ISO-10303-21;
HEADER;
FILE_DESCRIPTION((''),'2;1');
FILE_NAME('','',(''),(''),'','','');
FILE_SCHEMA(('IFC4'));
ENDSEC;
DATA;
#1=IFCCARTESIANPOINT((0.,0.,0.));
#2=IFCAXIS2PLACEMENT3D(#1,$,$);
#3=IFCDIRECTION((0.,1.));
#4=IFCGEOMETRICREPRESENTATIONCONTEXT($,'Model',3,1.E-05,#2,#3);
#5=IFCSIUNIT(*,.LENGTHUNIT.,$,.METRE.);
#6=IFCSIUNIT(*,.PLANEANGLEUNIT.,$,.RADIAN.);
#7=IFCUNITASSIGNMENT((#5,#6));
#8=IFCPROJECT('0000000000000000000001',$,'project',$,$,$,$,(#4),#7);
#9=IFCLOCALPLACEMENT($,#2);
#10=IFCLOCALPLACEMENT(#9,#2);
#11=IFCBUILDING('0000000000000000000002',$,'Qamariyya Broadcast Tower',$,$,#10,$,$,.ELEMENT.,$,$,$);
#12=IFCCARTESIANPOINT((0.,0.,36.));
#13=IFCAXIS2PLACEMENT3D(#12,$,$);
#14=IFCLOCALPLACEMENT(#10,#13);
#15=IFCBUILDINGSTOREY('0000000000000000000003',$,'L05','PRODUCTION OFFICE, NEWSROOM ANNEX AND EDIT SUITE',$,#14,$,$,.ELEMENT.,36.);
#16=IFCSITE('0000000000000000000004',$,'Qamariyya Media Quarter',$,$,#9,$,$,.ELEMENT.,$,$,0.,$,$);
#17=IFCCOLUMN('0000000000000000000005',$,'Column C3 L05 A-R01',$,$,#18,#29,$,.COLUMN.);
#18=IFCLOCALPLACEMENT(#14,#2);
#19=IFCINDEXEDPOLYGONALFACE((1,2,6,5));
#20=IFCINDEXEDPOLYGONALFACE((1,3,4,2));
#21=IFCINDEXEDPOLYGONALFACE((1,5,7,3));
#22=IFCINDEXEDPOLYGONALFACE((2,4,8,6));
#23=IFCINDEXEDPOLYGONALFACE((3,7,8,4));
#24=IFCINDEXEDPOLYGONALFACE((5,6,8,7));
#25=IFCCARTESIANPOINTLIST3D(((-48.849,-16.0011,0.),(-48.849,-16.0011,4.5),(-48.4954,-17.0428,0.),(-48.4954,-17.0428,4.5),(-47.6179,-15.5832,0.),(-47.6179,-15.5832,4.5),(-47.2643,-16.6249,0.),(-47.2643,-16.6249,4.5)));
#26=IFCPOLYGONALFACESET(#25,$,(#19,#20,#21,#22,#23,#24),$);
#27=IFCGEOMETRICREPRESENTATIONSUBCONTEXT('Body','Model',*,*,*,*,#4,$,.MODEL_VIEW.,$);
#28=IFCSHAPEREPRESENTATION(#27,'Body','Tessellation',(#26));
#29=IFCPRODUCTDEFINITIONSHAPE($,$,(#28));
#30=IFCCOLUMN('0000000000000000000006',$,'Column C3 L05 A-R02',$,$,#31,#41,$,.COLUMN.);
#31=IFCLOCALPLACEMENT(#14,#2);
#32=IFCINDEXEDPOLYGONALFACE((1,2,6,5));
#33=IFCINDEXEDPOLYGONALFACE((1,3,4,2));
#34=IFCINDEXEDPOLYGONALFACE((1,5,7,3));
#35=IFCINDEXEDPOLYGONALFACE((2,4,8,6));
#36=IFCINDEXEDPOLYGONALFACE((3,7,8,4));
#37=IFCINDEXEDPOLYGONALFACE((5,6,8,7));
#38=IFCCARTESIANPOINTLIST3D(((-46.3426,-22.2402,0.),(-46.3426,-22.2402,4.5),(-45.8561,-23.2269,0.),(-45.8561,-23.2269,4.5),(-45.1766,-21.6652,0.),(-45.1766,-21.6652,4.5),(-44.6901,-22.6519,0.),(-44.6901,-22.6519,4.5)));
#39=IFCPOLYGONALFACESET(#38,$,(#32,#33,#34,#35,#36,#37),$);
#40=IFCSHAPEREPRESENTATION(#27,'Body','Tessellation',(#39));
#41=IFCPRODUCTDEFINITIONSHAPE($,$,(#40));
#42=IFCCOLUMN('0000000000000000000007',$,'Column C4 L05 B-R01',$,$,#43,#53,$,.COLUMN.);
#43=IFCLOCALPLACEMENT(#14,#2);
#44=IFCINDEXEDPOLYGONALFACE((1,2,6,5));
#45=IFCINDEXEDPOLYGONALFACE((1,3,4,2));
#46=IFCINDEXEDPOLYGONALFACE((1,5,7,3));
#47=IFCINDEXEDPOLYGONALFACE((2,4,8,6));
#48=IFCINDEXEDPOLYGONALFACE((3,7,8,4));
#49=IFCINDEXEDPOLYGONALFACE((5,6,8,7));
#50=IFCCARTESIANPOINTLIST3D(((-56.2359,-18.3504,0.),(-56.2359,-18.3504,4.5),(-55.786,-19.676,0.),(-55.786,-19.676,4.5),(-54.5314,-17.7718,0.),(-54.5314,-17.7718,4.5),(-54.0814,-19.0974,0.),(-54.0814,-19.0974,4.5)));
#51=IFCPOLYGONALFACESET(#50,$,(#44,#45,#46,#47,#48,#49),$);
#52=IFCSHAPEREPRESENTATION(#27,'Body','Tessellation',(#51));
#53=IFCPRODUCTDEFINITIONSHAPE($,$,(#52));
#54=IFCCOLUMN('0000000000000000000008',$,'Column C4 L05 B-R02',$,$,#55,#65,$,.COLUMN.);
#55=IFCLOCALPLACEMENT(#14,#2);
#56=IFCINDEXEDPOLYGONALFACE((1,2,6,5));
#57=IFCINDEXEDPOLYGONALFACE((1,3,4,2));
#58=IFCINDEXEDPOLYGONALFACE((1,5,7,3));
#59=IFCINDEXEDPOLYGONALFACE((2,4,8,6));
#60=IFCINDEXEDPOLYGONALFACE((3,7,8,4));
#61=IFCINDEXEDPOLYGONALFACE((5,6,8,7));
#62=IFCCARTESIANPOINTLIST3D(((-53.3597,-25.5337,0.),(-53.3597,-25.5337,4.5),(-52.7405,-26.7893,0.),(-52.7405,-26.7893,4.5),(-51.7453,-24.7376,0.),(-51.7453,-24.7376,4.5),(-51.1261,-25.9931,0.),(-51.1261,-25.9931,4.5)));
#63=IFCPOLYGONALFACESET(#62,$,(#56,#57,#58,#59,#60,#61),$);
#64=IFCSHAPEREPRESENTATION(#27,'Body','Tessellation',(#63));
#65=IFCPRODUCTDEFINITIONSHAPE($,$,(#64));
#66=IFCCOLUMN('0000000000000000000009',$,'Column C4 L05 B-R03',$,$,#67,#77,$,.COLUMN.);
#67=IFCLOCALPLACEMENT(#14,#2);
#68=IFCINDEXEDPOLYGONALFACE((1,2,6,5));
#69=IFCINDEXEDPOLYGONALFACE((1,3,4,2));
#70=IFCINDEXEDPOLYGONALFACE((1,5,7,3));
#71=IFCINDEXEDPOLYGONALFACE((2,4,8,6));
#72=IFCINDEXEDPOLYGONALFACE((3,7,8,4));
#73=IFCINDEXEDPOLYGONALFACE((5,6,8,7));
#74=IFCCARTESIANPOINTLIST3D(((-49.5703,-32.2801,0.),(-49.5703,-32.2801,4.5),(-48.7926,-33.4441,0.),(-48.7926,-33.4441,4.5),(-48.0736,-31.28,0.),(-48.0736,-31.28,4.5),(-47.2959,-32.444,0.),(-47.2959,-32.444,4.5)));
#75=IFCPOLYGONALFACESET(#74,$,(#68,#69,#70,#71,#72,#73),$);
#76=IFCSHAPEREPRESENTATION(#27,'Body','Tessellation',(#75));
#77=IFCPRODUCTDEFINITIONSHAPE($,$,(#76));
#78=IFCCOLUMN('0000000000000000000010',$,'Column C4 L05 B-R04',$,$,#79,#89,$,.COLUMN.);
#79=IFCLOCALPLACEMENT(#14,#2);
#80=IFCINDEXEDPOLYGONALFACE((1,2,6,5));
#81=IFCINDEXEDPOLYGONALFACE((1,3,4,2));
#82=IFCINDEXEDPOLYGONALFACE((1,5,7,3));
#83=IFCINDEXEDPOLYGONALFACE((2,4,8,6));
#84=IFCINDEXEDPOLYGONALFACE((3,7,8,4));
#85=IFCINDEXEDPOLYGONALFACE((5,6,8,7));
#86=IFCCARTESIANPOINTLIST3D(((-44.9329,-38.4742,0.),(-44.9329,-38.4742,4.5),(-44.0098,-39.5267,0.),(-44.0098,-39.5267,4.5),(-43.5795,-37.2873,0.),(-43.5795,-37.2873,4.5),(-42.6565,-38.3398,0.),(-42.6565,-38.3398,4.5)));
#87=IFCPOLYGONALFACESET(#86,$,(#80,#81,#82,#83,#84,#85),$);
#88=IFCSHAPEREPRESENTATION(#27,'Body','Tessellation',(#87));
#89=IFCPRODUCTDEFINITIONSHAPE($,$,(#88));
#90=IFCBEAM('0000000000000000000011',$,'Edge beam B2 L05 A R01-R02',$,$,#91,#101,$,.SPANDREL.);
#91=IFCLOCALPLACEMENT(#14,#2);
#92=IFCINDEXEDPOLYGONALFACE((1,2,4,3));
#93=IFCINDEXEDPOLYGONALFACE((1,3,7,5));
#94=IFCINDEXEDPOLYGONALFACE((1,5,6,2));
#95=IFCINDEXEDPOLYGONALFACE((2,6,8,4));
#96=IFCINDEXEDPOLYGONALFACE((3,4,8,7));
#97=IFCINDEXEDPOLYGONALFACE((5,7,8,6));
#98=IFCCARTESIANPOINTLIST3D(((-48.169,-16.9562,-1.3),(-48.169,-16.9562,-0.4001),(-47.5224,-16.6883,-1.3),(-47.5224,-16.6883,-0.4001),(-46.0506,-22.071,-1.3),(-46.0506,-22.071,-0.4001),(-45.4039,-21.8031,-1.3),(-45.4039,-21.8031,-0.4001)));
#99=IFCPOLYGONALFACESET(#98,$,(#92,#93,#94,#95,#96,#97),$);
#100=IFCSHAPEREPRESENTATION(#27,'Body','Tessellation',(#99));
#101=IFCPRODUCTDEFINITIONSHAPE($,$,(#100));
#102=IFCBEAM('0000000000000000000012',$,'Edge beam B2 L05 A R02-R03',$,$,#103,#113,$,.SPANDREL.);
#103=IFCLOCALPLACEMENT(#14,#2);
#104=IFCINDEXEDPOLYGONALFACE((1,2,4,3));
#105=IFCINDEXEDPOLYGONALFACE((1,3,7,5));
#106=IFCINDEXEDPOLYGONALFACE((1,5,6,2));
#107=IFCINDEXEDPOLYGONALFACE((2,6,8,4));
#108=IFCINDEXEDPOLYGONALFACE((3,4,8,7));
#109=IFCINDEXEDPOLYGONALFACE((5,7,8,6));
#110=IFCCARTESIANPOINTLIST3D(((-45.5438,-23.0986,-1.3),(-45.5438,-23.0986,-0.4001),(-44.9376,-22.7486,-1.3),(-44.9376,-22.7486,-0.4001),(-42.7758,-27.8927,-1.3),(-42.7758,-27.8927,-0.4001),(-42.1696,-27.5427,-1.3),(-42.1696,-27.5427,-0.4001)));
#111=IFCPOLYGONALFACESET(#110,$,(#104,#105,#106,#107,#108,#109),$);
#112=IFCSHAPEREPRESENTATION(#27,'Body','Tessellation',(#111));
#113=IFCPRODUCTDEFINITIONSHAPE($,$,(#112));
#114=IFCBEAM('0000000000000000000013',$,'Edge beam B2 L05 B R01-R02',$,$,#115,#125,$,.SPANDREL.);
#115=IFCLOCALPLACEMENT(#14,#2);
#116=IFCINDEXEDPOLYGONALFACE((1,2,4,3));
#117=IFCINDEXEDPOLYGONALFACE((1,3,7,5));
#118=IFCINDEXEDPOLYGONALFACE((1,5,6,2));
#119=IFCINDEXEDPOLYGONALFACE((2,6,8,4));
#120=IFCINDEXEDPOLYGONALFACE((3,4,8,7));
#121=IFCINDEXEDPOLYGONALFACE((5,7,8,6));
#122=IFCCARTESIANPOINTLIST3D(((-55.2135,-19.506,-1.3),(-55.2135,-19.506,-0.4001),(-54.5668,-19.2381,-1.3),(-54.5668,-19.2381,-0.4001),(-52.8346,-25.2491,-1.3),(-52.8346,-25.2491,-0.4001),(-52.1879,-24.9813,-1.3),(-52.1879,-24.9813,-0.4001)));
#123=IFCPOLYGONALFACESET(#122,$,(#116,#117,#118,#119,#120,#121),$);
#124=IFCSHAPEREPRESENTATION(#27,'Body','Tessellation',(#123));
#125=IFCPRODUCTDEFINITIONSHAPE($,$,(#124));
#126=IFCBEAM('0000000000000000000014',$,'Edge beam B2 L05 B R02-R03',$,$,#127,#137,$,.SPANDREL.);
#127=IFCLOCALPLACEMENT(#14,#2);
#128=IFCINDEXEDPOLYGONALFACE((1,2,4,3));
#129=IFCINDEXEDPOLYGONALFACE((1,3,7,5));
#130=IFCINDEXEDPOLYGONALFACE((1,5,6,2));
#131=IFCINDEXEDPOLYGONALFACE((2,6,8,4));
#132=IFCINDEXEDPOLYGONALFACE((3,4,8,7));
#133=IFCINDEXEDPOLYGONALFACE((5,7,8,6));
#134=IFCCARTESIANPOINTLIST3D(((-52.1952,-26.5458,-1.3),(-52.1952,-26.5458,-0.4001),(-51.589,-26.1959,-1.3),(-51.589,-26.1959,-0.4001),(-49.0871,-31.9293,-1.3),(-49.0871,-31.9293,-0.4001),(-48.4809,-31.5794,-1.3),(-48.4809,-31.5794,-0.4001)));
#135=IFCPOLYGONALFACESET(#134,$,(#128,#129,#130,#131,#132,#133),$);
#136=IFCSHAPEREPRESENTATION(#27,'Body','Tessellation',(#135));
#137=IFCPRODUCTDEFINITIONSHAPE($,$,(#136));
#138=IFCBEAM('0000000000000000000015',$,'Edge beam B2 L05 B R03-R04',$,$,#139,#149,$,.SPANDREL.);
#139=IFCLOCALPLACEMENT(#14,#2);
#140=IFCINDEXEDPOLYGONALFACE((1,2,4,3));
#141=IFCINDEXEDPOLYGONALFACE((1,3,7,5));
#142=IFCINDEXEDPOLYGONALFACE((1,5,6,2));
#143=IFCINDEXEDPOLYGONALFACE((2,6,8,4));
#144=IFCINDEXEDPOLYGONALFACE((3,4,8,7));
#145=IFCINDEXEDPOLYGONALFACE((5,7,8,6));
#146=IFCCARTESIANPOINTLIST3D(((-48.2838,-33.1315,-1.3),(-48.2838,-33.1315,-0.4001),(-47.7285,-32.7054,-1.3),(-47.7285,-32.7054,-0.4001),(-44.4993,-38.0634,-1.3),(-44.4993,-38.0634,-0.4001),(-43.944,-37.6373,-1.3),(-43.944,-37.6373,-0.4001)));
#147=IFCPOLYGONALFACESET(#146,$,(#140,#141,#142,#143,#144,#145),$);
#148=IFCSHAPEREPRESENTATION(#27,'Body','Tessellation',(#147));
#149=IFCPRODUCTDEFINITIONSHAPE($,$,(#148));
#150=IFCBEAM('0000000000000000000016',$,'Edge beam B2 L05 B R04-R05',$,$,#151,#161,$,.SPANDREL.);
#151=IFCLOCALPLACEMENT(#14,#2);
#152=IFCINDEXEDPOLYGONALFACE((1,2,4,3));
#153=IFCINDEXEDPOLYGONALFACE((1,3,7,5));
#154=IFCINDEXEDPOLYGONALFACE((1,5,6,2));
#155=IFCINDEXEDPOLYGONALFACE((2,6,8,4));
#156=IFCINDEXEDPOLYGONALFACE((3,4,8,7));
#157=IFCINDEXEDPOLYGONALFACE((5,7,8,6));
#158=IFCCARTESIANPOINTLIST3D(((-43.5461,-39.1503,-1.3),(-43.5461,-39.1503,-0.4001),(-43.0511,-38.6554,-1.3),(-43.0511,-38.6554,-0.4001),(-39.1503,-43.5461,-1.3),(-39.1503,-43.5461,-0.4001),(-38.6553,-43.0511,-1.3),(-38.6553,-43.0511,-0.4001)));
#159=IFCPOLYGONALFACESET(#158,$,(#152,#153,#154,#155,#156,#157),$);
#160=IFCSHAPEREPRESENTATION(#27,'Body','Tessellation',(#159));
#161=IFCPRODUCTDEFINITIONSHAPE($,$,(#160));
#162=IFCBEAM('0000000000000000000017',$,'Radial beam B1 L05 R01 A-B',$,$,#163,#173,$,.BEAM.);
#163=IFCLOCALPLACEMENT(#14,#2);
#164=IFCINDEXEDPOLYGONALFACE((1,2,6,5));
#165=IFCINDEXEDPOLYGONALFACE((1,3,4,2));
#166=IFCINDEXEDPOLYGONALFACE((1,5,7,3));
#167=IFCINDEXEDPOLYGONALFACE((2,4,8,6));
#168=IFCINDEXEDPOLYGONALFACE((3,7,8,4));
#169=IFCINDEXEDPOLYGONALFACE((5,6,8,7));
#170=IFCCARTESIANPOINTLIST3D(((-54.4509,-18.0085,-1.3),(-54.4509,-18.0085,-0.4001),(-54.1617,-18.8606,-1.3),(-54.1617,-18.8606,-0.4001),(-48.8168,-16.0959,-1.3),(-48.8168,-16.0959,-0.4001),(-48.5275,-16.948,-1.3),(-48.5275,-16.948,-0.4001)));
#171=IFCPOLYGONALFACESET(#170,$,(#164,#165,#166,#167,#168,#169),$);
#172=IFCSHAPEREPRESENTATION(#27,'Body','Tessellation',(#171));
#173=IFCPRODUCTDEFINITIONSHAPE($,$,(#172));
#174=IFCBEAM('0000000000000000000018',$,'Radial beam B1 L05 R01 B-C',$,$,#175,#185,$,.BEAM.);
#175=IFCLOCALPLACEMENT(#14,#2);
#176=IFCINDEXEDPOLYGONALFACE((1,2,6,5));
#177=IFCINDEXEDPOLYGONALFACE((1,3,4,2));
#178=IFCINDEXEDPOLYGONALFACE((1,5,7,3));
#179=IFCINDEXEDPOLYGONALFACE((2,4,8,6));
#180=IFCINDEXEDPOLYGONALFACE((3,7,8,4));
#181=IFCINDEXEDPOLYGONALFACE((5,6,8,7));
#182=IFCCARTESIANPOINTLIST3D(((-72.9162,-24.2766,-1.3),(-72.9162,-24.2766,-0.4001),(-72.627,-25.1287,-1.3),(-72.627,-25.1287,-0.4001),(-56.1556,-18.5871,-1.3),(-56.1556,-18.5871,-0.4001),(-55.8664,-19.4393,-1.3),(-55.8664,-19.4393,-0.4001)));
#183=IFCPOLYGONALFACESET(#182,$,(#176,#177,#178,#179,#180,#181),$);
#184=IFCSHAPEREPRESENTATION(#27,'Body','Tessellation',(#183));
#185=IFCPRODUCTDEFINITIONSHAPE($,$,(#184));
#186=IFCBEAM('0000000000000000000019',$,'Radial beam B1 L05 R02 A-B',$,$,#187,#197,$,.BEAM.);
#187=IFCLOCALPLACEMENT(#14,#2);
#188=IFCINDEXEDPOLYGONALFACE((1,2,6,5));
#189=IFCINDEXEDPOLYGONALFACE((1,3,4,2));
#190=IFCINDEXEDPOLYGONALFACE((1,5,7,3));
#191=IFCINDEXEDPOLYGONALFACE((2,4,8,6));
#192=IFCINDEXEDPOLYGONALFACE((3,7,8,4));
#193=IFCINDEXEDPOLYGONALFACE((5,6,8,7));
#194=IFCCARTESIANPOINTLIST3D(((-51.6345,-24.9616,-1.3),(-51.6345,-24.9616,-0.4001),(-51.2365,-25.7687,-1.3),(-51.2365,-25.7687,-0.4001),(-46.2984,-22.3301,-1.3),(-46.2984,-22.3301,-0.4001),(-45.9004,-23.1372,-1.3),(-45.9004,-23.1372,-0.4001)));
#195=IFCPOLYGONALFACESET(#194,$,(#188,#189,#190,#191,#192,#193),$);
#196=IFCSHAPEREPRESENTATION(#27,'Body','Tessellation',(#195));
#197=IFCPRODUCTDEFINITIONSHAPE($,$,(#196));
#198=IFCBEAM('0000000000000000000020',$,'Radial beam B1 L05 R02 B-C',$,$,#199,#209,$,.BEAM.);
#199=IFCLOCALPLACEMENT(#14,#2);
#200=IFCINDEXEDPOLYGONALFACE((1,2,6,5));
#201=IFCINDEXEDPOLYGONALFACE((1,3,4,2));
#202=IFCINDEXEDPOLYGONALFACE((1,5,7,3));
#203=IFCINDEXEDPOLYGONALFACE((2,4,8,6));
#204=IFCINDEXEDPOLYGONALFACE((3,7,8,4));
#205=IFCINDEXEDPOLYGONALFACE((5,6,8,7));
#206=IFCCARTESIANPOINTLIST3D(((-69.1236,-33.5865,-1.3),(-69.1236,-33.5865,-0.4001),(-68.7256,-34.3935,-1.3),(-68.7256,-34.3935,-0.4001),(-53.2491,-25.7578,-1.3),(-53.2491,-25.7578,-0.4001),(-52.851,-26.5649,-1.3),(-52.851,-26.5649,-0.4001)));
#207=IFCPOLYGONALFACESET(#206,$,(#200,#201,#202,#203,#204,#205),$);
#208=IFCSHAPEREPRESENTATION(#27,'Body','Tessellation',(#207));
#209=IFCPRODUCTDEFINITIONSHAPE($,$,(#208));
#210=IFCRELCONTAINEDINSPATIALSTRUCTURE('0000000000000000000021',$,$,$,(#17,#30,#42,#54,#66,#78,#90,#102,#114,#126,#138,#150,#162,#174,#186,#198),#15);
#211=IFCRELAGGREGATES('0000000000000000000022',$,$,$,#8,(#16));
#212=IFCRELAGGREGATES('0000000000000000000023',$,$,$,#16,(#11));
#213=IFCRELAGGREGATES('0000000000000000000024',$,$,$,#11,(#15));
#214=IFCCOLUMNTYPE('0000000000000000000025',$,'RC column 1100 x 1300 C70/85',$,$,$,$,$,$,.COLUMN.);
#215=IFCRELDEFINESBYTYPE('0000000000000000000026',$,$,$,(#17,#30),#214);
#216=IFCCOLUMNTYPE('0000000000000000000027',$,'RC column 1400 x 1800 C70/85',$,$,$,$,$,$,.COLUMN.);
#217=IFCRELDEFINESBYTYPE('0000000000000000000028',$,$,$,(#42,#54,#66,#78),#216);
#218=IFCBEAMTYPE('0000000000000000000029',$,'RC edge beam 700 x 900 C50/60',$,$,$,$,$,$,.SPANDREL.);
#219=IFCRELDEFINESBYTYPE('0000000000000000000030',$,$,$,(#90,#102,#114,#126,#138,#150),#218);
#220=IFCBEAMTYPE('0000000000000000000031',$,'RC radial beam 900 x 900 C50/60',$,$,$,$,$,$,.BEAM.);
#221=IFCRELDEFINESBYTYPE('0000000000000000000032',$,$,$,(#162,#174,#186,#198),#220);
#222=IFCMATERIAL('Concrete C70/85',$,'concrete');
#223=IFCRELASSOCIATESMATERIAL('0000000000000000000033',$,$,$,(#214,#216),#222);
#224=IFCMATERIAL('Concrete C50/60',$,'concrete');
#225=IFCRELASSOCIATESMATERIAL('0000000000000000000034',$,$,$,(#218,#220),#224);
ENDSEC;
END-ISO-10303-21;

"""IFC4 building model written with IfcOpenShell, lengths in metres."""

from ifc_helpers import new_model, si_unit, direction, frame, origin, origin_2d, place, context, subcontext, project, spatial, rectangle, extrude, material, material_profile, profile_set, type_object, element, save


model = new_model("IFC4")

# Units and contexts
model_context = context("Model", 3, precision=1e-05, world=origin(), true_north=direction((0.0, 1.0)))
body_context = subcontext(model_context, "Body", "Model", "MODEL_VIEW")
ifc_project = project(units=[si_unit("LENGTHUNIT", "METRE"), si_unit("PLANEANGLEUNIT", "RADIAN")], contexts=[model_context])

# Site, building, storey
site_placement = place(None, origin())
site = spatial("IfcSite", under=ifc_project, at=site_placement, Name="Qamariyya Media Quarter", CompositionType="ELEMENT", RefElevation=0.0)
building_placement = place(site_placement, origin())
building = spatial("IfcBuilding", under=site, at=building_placement, Name="Qamariyya Broadcast Tower", CompositionType="ELEMENT")
storey_placement = place(building_placement, frame((0.0, 0.0, 36.0)))
storey = spatial("IfcBuildingStorey", under=building, at=storey_placement, Name="L05", Description="PRODUCTION OFFICE, NEWSROOM ANNEX AND EDIT SUITE", CompositionType="ELEMENT", Elevation=36.0)

# Columns
ifc_material_1 = material(Name="Concrete C70/85", Category="concrete")
ifc_material_profile_1 = material_profile(ifc_material_1, rectangle(XDim=1.1001, YDim=1.3, at=origin_2d()))
ifc_profile_set_1 = profile_set([ifc_material_profile_1], Name="Concrete C70/85")
column_type_1 = type_object("IfcColumnType", Name="RC column 1100 x 1300 C70/85", PredefinedType="COLUMN", material=ifc_profile_set_1)
for number, where, z_axis, x_axis, name in (
    (1, (-48.0566, -16.313, 0.0), (0.0, 0.0, 1.0), (0.321439, -0.94693, 0.0), "Column C3 L05 A-R01"),
    (2, (-45.5164, -22.446, 0.0), (0.0, 0.0, 1.0), (0.442289, -0.896873, 0.0), "Column C3 L05 A-R02"),
):
    element("IfcColumn", number, at=place(storey_placement, frame(where, z_axis=z_axis, x_axis=x_axis)), inside=storey, type_object=column_type_1, Name=name, PredefinedType="COLUMN", context=body_context, shape_type="SweptSolid", body=[
        extrude(rectangle(XDim=1.1001, YDim=1.3, at=origin_2d()), origin(), (0.0, 0.0, 1.0), 4.5),
    ])
ifc_material_profile_2 = material_profile(ifc_material_1, rectangle(XDim=1.3999, YDim=1.8, at=origin_2d()))
ifc_profile_set_2 = profile_set([ifc_material_profile_2], Name="Concrete C70/85")
column_type_2 = type_object("IfcColumnType", Name="RC column 1400 x 1800 C70/85", PredefinedType="COLUMN", material=ifc_profile_set_2)
for number, where, z_axis, x_axis, name in (
    (3, (-55.1587, -18.7239, 0.0), (0.0, 0.0, 1.0), (0.321439, -0.94693, 0.0), "Column C4 L05 B-R01"),
    (4, (-52.2429, -25.7634, 0.0), (0.0, 0.0, 1.0), (0.442289, -0.896873, 0.0), "Column C4 L05 B-R02"),
    (5, (-48.4331, -32.3621, 0.0), (0.0, 0.0, 1.0), (0.55557, -0.83147, 0.0), "Column C4 L05 B-R03"),
    (6, (-43.7947, -38.407, 0.0), (0.0, 0.0, 1.0), (0.659346, -0.75184, 0.0), "Column C4 L05 B-R04"),
):
    element("IfcColumn", number, at=place(storey_placement, frame(where, z_axis=z_axis, x_axis=x_axis)), inside=storey, type_object=column_type_2, Name=name, PredefinedType="COLUMN", context=body_context, shape_type="SweptSolid", body=[
        extrude(rectangle(XDim=1.3999, YDim=1.8, at=origin_2d()), origin(), (0.0, 0.0, 1.0), 4.5),
    ])

# Beams
ifc_material_2 = material(Name="Concrete C50/60", Category="concrete")
ifc_material_profile_3 = material_profile(ifc_material_2, rectangle(XDim=0.7, YDim=0.8999, at=origin_2d()))
ifc_profile_set_3 = profile_set([ifc_material_profile_3], Name="Concrete C50/60")
beam_type_1 = type_object("IfcBeamType", Name="RC edge beam 700 x 900 C50/60", PredefinedType="SPANDREL", material=ifc_profile_set_3)
beam_1_placement = place(storey_placement, frame((-47.8457, -16.8223, -0.8501), z_axis=(0.382654, -0.923892, 0.0), x_axis=(0.923892, 0.382654, 0.0)))
element("IfcBeam", 7, at=beam_1_placement, inside=storey, type_object=beam_type_1, Name="Edge beam B2 L05 A R01-R02", PredefinedType="SPANDREL", context=body_context, shape_type="SweptSolid", body=[
    extrude(rectangle(XDim=0.7, YDim=0.8999, at=origin_2d()), origin(), (0.0, 0.0, 1.0), 5.5361),
])
beam_2_placement = place(storey_placement, frame((-45.2407, -22.9236, -0.8501), z_axis=(0.500019, -0.866014, 0.0), x_axis=(0.866014, 0.500019, 0.0)))
element("IfcBeam", 8, at=beam_2_placement, inside=storey, type_object=beam_type_1, Name="Edge beam B2 L05 A R02-R03", PredefinedType="SPANDREL", context=body_context, shape_type="SweptSolid", body=[
    extrude(rectangle(XDim=0.7, YDim=0.8999, at=origin_2d()), origin(), (0.0, 0.0, 1.0), 5.5359),
])
for number, where, z_axis, x_axis, name in (
    (9, (-54.8901, -19.3721, -0.8501), (0.382685, -0.923879, 0.0), (0.923879, 0.382685, 0.0), "Edge beam B2 L05 B R01-R02"),
    (10, (-51.8921, -26.3708, -0.8501), (0.499996, -0.866028, 0.0), (0.866028, 0.499996, 0.0), "Edge beam B2 L05 B R02-R03"),
):
    element("IfcBeam", number, at=place(storey_placement, frame(where, z_axis=z_axis, x_axis=x_axis)), inside=storey, type_object=beam_type_1, Name=name, PredefinedType="SPANDREL", context=body_context, shape_type="SweptSolid", body=[
        extrude(rectangle(XDim=0.7, YDim=0.8999, at=origin_2d()), origin(), (0.0, 0.0, 1.0), 6.2163),
    ])
for number, where, z_axis, x_axis, name in (
    (11, (-48.0061, -32.9185, -0.8501), (0.608767, -0.793349, 0.0), (0.793349, 0.608767, 0.0), "Edge beam B2 L05 B R03-R04"),
    (12, (-43.2986, -38.9028, -0.8501), (0.707107, -0.707107, 0.0), (0.707107, 0.707107, 0.0), "Edge beam B2 L05 B R04-R05"),
):
    element("IfcBeam", number, at=place(storey_placement, frame(where, z_axis=z_axis, x_axis=x_axis)), inside=storey, type_object=beam_type_1, Name=name, PredefinedType="SPANDREL", context=body_context, shape_type="SweptSolid", body=[
        extrude(rectangle(XDim=0.7, YDim=0.8999, at=origin_2d()), origin(), (0.0, 0.0, 1.0), 6.2166),
    ])
ifc_material_profile_4 = material_profile(ifc_material_2, rectangle(XDim=0.8999, YDim=0.8999, at=origin_2d()))
ifc_profile_set_4 = profile_set([ifc_material_profile_4], Name="Concrete C50/60")
beam_type_2 = type_object("IfcBeamType", Name="RC radial beam 900 x 900 C50/60", PredefinedType="BEAM", material=ifc_profile_set_4)
beam_3_placement = place(storey_placement, frame((-48.6721, -16.522, -0.8501), z_axis=(-0.946929, -0.321442, 0.0), x_axis=(0.321442, -0.946929, 0.0)))
element("IfcBeam", 13, at=beam_3_placement, inside=storey, type_object=beam_type_2, Name="Radial beam B1 L05 R01 A-B", PredefinedType="BEAM", context=body_context, shape_type="SweptSolid", body=[
    extrude(rectangle(XDim=0.8999, YDim=0.8999, at=origin_2d()), origin(), (0.0, 0.0, 1.0), 5.95),
])
beam_4_placement = place(storey_placement, frame((-56.011, -19.0132, -0.8501), z_axis=(-0.94693, -0.321441, 0.0), x_axis=(0.321441, -0.94693, 0.0)))
element("IfcBeam", 14, at=beam_4_placement, inside=storey, type_object=beam_type_2, Name="Radial beam B1 L05 R01 B-C", PredefinedType="BEAM", context=body_context, shape_type="SweptSolid", body=[
    extrude(rectangle(XDim=0.8999, YDim=0.8999, at=origin_2d()), origin(), (0.0, 0.0, 1.0), 17.7),
])
beam_5_placement = place(storey_placement, frame((-46.0994, -22.7336, -0.8501), z_axis=(-0.896868, -0.442299, 0.0), x_axis=(0.442299, -0.896868, 0.0)))
element("IfcBeam", 15, at=beam_5_placement, inside=storey, type_object=beam_type_2, Name="Radial beam B1 L05 R02 A-B", PredefinedType="BEAM", context=body_context, shape_type="SweptSolid", body=[
    extrude(rectangle(XDim=0.8999, YDim=0.8999, at=origin_2d()), origin(), (0.0, 0.0, 1.0), 5.9497),
])
beam_6_placement = place(storey_placement, frame((-53.05, -26.1614, -0.8501), z_axis=(-0.896869, -0.442296, 0.0), x_axis=(0.442296, -0.896869, 0.0)))
element("IfcBeam", 16, at=beam_6_placement, inside=storey, type_object=beam_type_2, Name="Radial beam B1 L05 R02 B-C", PredefinedType="BEAM", context=body_context, shape_type="SweptSolid", body=[
    extrude(rectangle(XDim=0.8999, YDim=0.8999, at=origin_2d()), origin(), (0.0, 0.0, 1.0), 17.7),
])

save(model, "model.ifc")
